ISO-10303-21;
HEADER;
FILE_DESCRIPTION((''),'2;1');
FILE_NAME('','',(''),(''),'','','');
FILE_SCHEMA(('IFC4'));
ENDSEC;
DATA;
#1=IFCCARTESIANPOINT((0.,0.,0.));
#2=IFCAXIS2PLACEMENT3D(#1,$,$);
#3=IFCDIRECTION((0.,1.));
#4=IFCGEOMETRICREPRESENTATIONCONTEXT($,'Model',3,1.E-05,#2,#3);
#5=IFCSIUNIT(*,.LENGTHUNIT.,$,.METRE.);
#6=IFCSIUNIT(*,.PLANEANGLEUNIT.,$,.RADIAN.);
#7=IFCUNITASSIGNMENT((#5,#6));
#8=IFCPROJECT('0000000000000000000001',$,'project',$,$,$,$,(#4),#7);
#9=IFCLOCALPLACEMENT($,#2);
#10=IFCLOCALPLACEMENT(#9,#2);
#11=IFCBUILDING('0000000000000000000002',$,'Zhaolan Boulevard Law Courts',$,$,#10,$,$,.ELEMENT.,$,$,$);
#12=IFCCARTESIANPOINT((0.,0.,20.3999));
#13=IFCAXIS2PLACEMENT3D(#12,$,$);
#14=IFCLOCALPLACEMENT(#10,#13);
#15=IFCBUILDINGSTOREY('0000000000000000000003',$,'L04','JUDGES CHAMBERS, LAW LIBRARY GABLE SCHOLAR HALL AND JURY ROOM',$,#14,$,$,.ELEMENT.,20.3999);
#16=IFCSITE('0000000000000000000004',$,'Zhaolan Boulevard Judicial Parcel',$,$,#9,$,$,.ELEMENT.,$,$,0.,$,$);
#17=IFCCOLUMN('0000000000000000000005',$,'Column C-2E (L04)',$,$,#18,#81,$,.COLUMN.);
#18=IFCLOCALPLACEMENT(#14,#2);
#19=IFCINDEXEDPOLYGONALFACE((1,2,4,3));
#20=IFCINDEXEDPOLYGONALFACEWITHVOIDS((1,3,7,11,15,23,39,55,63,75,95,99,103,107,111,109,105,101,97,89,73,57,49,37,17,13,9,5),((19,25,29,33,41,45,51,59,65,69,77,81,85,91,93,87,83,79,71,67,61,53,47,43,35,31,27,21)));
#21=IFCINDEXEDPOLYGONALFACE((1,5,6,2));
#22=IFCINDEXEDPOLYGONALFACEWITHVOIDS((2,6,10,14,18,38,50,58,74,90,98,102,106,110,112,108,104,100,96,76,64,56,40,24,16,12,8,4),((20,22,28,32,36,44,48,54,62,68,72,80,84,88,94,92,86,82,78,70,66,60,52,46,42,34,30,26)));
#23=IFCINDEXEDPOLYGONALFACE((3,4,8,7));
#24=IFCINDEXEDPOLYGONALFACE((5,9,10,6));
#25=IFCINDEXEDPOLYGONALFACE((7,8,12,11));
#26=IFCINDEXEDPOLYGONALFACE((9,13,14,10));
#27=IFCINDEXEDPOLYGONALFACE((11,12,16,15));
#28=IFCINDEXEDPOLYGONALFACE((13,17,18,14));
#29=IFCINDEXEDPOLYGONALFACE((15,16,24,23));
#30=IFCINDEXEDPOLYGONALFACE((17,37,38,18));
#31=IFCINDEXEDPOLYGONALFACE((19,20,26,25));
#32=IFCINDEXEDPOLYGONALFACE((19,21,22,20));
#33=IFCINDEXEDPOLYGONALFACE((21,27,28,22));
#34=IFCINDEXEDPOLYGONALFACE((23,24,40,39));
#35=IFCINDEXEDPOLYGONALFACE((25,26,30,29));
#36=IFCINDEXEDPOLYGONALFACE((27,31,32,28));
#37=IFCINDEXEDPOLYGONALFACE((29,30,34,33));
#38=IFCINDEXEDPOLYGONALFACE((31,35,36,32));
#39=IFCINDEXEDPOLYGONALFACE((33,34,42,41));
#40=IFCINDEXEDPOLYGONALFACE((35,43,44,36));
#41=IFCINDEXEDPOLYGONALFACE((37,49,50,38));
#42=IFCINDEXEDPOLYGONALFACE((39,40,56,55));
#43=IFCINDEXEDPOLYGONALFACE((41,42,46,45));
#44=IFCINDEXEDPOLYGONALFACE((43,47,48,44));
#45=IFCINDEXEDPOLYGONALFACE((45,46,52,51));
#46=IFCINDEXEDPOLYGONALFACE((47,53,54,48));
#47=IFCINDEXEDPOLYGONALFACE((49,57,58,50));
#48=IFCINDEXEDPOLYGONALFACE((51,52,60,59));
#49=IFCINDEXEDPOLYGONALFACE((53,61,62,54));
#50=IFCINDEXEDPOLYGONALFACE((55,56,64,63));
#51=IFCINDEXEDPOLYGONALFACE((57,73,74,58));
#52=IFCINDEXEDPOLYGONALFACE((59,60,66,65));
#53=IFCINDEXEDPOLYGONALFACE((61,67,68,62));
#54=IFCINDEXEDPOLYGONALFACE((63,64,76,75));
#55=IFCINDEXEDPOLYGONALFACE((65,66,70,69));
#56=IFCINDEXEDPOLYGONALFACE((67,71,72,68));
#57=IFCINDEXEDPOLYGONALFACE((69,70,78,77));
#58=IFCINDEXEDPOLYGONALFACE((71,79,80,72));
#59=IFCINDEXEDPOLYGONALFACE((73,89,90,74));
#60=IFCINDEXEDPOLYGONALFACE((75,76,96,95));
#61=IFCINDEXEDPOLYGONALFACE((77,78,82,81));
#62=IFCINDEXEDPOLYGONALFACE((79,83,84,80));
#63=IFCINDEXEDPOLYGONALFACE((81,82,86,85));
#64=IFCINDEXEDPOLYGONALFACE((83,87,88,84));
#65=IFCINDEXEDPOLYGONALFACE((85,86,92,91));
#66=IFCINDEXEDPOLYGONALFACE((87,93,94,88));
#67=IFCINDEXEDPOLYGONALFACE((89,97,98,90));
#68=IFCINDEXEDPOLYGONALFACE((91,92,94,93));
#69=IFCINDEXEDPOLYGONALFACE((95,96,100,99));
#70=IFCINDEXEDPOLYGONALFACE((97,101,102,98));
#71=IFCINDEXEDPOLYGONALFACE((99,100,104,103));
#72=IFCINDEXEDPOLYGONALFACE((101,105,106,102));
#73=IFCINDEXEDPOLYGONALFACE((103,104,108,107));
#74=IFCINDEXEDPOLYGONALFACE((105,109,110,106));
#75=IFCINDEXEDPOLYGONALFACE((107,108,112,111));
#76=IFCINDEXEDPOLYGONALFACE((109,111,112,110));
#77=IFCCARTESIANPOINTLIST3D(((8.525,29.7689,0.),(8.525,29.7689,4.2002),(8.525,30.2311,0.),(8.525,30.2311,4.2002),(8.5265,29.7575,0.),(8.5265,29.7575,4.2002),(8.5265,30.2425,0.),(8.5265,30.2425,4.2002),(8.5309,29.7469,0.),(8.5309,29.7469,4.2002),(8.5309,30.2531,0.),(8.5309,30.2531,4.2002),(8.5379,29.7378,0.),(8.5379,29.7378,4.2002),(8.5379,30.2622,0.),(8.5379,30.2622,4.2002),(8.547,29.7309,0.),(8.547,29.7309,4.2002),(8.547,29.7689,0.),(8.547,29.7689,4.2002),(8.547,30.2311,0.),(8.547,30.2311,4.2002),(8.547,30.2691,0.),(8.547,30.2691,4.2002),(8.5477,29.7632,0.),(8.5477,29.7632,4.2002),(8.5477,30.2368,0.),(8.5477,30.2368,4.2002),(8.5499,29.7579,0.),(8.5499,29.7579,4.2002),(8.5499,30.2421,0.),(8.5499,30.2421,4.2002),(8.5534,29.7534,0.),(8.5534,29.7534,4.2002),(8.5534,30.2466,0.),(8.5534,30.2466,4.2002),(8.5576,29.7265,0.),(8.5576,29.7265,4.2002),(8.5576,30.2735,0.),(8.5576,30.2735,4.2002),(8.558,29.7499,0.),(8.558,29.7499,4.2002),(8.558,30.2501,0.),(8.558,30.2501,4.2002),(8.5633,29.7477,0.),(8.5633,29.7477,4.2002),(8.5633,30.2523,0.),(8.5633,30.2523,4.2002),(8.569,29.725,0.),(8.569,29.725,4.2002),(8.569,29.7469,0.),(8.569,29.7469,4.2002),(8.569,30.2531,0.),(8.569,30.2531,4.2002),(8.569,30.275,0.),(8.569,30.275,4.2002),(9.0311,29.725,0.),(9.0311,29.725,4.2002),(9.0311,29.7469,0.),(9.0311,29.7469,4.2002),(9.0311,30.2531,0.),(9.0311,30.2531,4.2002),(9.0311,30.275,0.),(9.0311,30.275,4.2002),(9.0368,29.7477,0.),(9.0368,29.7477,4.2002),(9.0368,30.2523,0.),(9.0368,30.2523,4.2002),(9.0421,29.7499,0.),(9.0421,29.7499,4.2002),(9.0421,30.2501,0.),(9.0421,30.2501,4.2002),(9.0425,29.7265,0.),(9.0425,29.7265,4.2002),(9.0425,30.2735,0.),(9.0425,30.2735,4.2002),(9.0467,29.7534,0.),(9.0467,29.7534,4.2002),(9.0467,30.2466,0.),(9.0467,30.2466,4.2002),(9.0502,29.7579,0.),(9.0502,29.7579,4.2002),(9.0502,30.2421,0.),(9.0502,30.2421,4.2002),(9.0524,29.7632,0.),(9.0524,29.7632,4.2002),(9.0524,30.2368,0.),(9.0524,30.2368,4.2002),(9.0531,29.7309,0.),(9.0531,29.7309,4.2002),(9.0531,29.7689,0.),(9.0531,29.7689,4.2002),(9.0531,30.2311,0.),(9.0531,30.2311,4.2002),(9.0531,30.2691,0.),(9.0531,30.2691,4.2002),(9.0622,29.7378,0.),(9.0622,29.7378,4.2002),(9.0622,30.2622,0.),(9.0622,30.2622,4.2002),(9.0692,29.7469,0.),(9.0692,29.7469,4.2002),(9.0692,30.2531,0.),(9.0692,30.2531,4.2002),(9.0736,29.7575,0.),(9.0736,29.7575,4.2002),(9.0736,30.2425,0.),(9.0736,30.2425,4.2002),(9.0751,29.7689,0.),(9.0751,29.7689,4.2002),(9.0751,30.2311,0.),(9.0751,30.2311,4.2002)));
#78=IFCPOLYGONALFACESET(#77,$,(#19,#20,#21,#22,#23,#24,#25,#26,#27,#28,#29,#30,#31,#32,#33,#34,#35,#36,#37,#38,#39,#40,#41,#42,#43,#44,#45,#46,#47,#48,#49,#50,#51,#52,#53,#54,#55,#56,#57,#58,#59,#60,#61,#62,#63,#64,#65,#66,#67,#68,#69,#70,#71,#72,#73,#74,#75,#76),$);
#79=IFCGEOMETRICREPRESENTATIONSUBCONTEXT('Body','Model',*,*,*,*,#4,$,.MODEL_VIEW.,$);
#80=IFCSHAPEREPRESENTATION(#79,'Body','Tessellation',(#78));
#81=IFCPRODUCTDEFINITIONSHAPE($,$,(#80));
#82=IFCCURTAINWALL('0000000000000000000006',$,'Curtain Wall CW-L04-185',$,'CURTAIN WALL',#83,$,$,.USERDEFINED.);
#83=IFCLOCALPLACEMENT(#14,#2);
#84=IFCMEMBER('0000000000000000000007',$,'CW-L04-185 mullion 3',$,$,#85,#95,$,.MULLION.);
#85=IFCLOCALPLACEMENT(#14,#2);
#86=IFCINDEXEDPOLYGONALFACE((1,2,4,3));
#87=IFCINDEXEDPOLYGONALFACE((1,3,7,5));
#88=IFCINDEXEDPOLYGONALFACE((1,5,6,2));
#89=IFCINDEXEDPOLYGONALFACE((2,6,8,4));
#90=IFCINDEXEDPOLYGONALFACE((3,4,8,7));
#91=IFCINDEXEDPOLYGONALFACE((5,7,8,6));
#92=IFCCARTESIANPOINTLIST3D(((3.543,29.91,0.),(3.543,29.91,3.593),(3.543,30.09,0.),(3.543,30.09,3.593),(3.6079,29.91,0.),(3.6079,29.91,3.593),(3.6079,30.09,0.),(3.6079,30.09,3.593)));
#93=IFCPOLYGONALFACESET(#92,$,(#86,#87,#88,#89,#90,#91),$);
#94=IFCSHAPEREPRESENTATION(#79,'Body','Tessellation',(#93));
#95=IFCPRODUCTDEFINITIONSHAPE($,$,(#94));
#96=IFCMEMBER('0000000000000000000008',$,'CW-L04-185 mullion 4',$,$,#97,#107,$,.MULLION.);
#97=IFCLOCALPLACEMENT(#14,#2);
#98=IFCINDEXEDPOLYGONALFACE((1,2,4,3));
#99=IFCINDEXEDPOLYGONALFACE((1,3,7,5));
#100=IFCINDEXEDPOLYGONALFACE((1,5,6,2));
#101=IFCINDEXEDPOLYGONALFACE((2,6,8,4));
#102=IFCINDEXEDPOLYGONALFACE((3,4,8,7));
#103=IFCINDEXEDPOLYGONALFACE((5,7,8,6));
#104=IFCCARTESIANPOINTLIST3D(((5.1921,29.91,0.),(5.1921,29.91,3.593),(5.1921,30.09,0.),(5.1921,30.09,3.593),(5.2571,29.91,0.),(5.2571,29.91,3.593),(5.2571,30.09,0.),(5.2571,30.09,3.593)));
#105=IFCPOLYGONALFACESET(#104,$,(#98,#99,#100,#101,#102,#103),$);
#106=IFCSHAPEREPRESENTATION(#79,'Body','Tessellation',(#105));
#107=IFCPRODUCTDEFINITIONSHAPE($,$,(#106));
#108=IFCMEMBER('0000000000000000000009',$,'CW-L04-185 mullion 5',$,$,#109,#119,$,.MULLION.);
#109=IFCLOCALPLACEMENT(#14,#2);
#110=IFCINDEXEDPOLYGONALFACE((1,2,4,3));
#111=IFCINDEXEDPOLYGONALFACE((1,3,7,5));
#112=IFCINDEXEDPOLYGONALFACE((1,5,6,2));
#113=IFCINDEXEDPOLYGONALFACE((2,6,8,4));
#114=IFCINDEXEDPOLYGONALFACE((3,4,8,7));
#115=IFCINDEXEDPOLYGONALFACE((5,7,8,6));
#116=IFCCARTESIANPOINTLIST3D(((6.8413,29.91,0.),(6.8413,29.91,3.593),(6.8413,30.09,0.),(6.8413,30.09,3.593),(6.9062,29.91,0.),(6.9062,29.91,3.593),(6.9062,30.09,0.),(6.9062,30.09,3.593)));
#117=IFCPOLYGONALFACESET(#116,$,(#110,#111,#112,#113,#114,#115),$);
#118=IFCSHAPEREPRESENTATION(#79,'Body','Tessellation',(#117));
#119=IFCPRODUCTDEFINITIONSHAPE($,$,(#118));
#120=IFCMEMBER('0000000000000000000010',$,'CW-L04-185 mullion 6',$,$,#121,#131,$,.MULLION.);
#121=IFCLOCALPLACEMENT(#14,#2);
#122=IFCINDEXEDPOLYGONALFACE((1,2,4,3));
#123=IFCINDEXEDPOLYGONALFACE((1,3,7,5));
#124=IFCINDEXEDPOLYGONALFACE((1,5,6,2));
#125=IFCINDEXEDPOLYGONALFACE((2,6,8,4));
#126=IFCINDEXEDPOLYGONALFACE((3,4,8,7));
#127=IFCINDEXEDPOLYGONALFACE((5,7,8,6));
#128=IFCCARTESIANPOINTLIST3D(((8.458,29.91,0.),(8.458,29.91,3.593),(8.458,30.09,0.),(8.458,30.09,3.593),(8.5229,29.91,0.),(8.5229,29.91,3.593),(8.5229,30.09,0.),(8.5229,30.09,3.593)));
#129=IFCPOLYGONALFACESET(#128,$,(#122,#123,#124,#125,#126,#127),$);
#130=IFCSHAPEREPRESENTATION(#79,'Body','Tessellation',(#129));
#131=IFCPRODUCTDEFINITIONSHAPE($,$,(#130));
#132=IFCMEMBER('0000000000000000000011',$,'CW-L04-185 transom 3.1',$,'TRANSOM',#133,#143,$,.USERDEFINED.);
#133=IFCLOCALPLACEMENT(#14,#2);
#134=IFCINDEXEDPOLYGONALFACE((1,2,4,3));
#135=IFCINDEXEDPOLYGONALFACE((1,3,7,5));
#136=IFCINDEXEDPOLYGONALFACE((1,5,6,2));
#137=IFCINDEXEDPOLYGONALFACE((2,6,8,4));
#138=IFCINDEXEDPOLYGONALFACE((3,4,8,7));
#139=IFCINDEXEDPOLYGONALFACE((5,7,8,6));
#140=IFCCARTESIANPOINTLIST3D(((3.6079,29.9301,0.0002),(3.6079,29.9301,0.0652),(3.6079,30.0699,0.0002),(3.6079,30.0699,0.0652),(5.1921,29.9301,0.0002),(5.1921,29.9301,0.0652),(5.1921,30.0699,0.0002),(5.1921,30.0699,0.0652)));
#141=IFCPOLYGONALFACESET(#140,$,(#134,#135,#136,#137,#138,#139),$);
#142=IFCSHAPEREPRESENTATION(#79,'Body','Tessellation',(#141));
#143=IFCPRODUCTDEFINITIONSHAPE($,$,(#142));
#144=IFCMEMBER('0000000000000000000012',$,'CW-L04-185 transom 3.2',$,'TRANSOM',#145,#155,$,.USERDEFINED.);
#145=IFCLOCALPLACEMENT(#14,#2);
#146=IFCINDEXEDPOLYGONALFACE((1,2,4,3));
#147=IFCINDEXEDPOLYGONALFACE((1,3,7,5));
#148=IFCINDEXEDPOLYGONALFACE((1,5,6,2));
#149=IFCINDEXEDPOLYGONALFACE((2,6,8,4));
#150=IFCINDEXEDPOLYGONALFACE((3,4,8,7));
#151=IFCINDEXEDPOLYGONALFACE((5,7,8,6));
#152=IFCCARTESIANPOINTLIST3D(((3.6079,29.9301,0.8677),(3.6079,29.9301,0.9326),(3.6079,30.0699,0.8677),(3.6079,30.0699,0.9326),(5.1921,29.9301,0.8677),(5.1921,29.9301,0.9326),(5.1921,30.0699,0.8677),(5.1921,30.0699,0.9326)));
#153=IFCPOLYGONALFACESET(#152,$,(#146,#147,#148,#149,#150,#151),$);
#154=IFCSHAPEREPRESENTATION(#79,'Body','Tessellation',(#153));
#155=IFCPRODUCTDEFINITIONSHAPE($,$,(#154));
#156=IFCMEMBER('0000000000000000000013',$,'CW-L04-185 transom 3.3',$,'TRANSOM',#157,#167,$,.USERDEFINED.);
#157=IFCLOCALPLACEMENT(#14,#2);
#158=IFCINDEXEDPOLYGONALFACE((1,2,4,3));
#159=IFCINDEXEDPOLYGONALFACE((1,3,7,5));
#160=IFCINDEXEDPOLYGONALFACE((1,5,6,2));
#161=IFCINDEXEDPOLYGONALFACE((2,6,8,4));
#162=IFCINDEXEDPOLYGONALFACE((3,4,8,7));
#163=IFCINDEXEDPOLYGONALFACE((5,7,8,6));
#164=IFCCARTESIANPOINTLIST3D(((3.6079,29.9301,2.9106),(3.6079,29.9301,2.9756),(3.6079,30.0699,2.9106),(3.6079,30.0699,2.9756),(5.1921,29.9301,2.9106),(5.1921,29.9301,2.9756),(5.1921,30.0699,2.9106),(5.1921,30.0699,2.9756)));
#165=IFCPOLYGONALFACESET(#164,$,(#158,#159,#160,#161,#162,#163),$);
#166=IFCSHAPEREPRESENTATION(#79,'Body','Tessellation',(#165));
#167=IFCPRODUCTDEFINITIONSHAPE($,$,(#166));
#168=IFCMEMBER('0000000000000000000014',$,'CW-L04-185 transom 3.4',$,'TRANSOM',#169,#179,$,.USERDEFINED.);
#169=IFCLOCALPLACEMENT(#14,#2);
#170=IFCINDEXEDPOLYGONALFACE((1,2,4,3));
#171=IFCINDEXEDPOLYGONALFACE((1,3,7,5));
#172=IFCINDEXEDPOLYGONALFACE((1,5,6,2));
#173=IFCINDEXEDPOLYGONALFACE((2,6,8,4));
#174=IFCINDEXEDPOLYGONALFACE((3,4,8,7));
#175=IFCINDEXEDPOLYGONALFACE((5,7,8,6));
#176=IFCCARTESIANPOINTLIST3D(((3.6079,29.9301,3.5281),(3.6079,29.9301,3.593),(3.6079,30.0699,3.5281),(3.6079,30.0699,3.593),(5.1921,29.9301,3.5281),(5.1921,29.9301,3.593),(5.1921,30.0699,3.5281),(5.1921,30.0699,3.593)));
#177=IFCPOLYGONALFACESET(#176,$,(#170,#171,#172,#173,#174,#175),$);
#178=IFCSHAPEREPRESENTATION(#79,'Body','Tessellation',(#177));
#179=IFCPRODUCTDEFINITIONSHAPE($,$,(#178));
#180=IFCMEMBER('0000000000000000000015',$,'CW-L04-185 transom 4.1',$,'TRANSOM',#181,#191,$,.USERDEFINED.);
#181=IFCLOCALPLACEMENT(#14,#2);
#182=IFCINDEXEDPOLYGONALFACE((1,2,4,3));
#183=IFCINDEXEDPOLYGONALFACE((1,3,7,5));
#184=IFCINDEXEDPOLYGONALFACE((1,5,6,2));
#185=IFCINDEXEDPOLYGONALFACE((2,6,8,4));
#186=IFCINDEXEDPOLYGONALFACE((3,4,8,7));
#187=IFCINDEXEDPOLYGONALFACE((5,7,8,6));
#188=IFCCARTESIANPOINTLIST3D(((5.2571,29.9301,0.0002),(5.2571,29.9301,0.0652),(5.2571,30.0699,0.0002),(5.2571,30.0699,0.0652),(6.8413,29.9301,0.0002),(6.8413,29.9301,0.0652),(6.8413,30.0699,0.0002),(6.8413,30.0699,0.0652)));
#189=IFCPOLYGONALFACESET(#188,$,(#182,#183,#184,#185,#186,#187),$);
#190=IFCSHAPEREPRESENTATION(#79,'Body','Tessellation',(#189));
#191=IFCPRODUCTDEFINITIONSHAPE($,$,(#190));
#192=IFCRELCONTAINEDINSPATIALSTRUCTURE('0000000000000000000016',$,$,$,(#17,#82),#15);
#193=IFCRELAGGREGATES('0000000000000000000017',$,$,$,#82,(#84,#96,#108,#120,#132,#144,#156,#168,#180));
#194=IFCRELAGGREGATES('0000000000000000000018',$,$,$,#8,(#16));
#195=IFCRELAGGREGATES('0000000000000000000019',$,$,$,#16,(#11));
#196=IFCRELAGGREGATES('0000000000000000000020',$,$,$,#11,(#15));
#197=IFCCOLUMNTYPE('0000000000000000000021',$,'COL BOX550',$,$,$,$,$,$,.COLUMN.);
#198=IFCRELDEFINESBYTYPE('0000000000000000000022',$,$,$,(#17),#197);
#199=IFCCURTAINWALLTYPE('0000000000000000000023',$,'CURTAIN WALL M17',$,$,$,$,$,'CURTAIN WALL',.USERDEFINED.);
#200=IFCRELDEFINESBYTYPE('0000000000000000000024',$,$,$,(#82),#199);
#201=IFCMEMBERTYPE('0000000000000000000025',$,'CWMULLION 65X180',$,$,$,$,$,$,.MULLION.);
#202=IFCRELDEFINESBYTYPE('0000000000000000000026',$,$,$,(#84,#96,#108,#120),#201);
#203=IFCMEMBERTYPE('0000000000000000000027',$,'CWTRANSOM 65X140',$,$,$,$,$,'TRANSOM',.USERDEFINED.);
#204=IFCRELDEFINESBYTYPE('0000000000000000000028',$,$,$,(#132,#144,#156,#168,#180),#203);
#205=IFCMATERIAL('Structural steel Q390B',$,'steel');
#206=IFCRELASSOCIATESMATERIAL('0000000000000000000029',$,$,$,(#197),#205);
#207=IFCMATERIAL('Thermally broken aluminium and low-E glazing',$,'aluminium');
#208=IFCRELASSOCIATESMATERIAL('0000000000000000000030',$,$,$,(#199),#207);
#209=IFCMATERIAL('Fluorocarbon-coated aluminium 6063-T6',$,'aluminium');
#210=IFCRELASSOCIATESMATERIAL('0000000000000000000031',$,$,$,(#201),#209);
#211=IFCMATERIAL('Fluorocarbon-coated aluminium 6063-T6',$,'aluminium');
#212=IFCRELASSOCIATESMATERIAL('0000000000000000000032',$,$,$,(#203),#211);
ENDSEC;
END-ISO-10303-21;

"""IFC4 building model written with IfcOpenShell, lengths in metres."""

from ifc_helpers import new_model, si_unit, direction, frame, origin, origin_2d, place, context, subcontext, project, spatial, rectangle, hollow_rectangle, extrude, material, material_profile, profile_set, type_object, element, aggregate, save


model = new_model("IFC4")

# Units and contexts
model_context = context("Model", 3, precision=1e-05, world=origin(), true_north=direction((0.0, 1.0)))
body_context = subcontext(model_context, "Body", "Model", "MODEL_VIEW")
ifc_project = project(units=[si_unit("LENGTHUNIT", "METRE"), si_unit("PLANEANGLEUNIT", "RADIAN")], contexts=[model_context])

# Site, building, storey
site_placement = place(None, origin())
site = spatial("IfcSite", under=ifc_project, at=site_placement, Name="Zhaolan Boulevard Judicial Parcel", CompositionType="ELEMENT", RefElevation=0.0)
building_placement = place(site_placement, origin())
building = spatial("IfcBuilding", under=site, at=building_placement, Name="Zhaolan Boulevard Law Courts", CompositionType="ELEMENT")
storey_placement = place(building_placement, frame((0.0, 0.0, 20.3999)))
storey = spatial("IfcBuildingStorey", under=building, at=storey_placement, Name="L04", Description="JUDGES CHAMBERS, LAW LIBRARY GABLE SCHOLAR HALL AND JURY ROOM", CompositionType="ELEMENT", Elevation=20.3999)

# Column
ifc_material_1 = material(Name="Structural steel Q390B", Category="steel")
ifc_material_profile_1 = material_profile(ifc_material_1, hollow_rectangle(XDim=0.55, YDim=0.55, WallThickness=0.022, InnerFilletRadius=0.022, OuterFilletRadius=0.0439, at=origin_2d()), Name="BOX550x550x22")
ifc_profile_set_1 = profile_set([ifc_material_profile_1], Name="Structural steel Q390B")
column_type = type_object("IfcColumnType", Name="COL BOX550", PredefinedType="COLUMN", material=ifc_profile_set_1)
column_placement = place(storey_placement, frame((8.8, 30.0, 0.0), z_axis=(0.0, 0.0, 1.0), x_axis=(1.0, 0.0, 0.0)))
element("IfcColumn", 1, at=column_placement, inside=storey, type_object=column_type, Name="Column C-2E (L04)", PredefinedType="COLUMN", context=body_context, shape_type="SweptSolid", body=[
    extrude(hollow_rectangle(XDim=0.55, YDim=0.55, WallThickness=0.022, InnerFilletRadius=0.022, OuterFilletRadius=0.0439, at=origin_2d()), origin(), (0.0, 0.0, 1.0), 4.2002),
])

# Curtain wall, members
ifc_material_2 = material(Name="Thermally broken aluminium and low-E glazing", Category="aluminium")
curtain_wall_type = type_object("IfcCurtainWallType", Name="CURTAIN WALL M17", ElementType="CURTAIN WALL", PredefinedType="USERDEFINED", material=ifc_material_2)
curtain_wall_placement = place(storey_placement, origin())
curtain_wall = element("IfcCurtainWall", 2, at=curtain_wall_placement, inside=storey, type_object=curtain_wall_type, Name="Curtain Wall CW-L04-185", ObjectType="CURTAIN WALL", PredefinedType="USERDEFINED")
ifc_material_3 = material(Name="Fluorocarbon-coated aluminium 6063-T6", Category="aluminium")
ifc_material_profile_2 = material_profile(ifc_material_3, rectangle(XDim=0.1799, YDim=0.0649, at=origin_2d()), Name="AL65x180")
ifc_profile_set_2 = profile_set([ifc_material_profile_2], Name="Fluorocarbon-coated aluminium 6063-T6")
member_type_1 = type_object("IfcMemberType", Name="CWMULLION 65X180", PredefinedType="MULLION", material=ifc_profile_set_2)
member_1_placement = place(storey_placement, frame((3.5754, 30.0, 0.0), z_axis=(0.0, 0.0, 1.0), x_axis=(0.0, 1.0, 0.0)))
member_1 = element("IfcMember", 3, at=member_1_placement, type_object=member_type_1, Name="CW-L04-185 mullion 3", PredefinedType="MULLION", context=body_context, shape_type="SweptSolid", body=[
    extrude(rectangle(XDim=0.1799, YDim=0.0649, at=origin_2d()), origin(), (0.0, 0.0, 1.0), 3.593),
])
member_2_placement = place(storey_placement, frame((5.2246, 30.0, 0.0), z_axis=(0.0, 0.0, 1.0), x_axis=(0.0, 1.0, 0.0)))
member_2 = element("IfcMember", 4, at=member_2_placement, type_object=member_type_1, Name="CW-L04-185 mullion 4", PredefinedType="MULLION", context=body_context, shape_type="SweptSolid", body=[
    extrude(rectangle(XDim=0.1799, YDim=0.0649, at=origin_2d()), origin(), (0.0, 0.0, 1.0), 3.593),
])
member_3_placement = place(storey_placement, frame((6.8738, 30.0, 0.0), z_axis=(0.0, 0.0, 1.0), x_axis=(0.0, 1.0, 0.0)))
member_3 = element("IfcMember", 5, at=member_3_placement, type_object=member_type_1, Name="CW-L04-185 mullion 5", PredefinedType="MULLION", context=body_context, shape_type="SweptSolid", body=[
    extrude(rectangle(XDim=0.1799, YDim=0.0649, at=origin_2d()), origin(), (0.0, 0.0, 1.0), 3.593),
])
member_4_placement = place(storey_placement, frame((8.4905, 30.0, 0.0), z_axis=(0.0, 0.0, 1.0), x_axis=(0.0, 1.0, 0.0)))
member_4 = element("IfcMember", 6, at=member_4_placement, type_object=member_type_1, Name="CW-L04-185 mullion 6", PredefinedType="MULLION", context=body_context, shape_type="SweptSolid", body=[
    extrude(rectangle(XDim=0.1799, YDim=0.0649, at=origin_2d()), origin(), (0.0, 0.0, 1.0), 3.593),
])
ifc_material_4 = material(Name="Fluorocarbon-coated aluminium 6063-T6", Category="aluminium")
ifc_material_profile_3 = material_profile(ifc_material_4, rectangle(XDim=0.1399, YDim=0.0649, at=origin_2d()), Name="AL65x140")
ifc_profile_set_3 = profile_set([ifc_material_profile_3], Name="Fluorocarbon-coated aluminium 6063-T6")
member_type_2 = type_object("IfcMemberType", Name="CWTRANSOM 65X140", ElementType="TRANSOM", PredefinedType="USERDEFINED", material=ifc_profile_set_3)
member_5_placement = place(storey_placement, frame((3.6079, 30.0, 0.0327), z_axis=(1.0, 0.0, 0.0), x_axis=(0.0, 1.0, 0.0)))
member_5 = element("IfcMember", 7, at=member_5_placement, type_object=member_type_2, Name="CW-L04-185 transom 3.1", ObjectType="TRANSOM", PredefinedType="USERDEFINED", context=body_context, shape_type="SweptSolid", body=[
    extrude(rectangle(XDim=0.1399, YDim=0.0649, at=origin_2d()), origin(), (0.0, 0.0, 1.0), 1.5842),
])
member_6_placement = place(storey_placement, frame((3.6079, 30.0, 0.9001), z_axis=(1.0, 0.0, 0.0), x_axis=(0.0, 1.0, 0.0)))
member_6 = element("IfcMember", 8, at=member_6_placement, type_object=member_type_2, Name="CW-L04-185 transom 3.2", ObjectType="TRANSOM", PredefinedType="USERDEFINED", context=body_context, shape_type="SweptSolid", body=[
    extrude(rectangle(XDim=0.1399, YDim=0.0649, at=origin_2d()), origin(), (0.0, 0.0, 1.0), 1.5842),
])
member_7_placement = place(storey_placement, frame((3.6079, 30.0, 2.9431), z_axis=(1.0, 0.0, 0.0), x_axis=(0.0, 1.0, 0.0)))
member_7 = element("IfcMember", 9, at=member_7_placement, type_object=member_type_2, Name="CW-L04-185 transom 3.3", ObjectType="TRANSOM", PredefinedType="USERDEFINED", context=body_context, shape_type="SweptSolid", body=[
    extrude(rectangle(XDim=0.1399, YDim=0.0649, at=origin_2d()), origin(), (0.0, 0.0, 1.0), 1.5842),
])
member_8_placement = place(storey_placement, frame((3.6079, 30.0, 3.5605), z_axis=(1.0, 0.0, 0.0), x_axis=(0.0, 1.0, 0.0)))
member_8 = element("IfcMember", 10, at=member_8_placement, type_object=member_type_2, Name="CW-L04-185 transom 3.4", ObjectType="TRANSOM", PredefinedType="USERDEFINED", context=body_context, shape_type="SweptSolid", body=[
    extrude(rectangle(XDim=0.1399, YDim=0.0649, at=origin_2d()), origin(), (0.0, 0.0, 1.0), 1.5842),
])
member_9_placement = place(storey_placement, frame((5.2571, 30.0, 0.0327), z_axis=(1.0, 0.0, 0.0), x_axis=(0.0, 1.0, 0.0)))
member_9 = element("IfcMember", 11, at=member_9_placement, type_object=member_type_2, Name="CW-L04-185 transom 4.1", ObjectType="TRANSOM", PredefinedType="USERDEFINED", context=body_context, shape_type="SweptSolid", body=[
    extrude(rectangle(XDim=0.1399, YDim=0.0649, at=origin_2d()), origin(), (0.0, 0.0, 1.0), 1.5842),
])
aggregate(curtain_wall, [member_1, member_2, member_3, member_4, member_5, member_6, member_7, member_8, member_9])

save(model, "model.ifc")
